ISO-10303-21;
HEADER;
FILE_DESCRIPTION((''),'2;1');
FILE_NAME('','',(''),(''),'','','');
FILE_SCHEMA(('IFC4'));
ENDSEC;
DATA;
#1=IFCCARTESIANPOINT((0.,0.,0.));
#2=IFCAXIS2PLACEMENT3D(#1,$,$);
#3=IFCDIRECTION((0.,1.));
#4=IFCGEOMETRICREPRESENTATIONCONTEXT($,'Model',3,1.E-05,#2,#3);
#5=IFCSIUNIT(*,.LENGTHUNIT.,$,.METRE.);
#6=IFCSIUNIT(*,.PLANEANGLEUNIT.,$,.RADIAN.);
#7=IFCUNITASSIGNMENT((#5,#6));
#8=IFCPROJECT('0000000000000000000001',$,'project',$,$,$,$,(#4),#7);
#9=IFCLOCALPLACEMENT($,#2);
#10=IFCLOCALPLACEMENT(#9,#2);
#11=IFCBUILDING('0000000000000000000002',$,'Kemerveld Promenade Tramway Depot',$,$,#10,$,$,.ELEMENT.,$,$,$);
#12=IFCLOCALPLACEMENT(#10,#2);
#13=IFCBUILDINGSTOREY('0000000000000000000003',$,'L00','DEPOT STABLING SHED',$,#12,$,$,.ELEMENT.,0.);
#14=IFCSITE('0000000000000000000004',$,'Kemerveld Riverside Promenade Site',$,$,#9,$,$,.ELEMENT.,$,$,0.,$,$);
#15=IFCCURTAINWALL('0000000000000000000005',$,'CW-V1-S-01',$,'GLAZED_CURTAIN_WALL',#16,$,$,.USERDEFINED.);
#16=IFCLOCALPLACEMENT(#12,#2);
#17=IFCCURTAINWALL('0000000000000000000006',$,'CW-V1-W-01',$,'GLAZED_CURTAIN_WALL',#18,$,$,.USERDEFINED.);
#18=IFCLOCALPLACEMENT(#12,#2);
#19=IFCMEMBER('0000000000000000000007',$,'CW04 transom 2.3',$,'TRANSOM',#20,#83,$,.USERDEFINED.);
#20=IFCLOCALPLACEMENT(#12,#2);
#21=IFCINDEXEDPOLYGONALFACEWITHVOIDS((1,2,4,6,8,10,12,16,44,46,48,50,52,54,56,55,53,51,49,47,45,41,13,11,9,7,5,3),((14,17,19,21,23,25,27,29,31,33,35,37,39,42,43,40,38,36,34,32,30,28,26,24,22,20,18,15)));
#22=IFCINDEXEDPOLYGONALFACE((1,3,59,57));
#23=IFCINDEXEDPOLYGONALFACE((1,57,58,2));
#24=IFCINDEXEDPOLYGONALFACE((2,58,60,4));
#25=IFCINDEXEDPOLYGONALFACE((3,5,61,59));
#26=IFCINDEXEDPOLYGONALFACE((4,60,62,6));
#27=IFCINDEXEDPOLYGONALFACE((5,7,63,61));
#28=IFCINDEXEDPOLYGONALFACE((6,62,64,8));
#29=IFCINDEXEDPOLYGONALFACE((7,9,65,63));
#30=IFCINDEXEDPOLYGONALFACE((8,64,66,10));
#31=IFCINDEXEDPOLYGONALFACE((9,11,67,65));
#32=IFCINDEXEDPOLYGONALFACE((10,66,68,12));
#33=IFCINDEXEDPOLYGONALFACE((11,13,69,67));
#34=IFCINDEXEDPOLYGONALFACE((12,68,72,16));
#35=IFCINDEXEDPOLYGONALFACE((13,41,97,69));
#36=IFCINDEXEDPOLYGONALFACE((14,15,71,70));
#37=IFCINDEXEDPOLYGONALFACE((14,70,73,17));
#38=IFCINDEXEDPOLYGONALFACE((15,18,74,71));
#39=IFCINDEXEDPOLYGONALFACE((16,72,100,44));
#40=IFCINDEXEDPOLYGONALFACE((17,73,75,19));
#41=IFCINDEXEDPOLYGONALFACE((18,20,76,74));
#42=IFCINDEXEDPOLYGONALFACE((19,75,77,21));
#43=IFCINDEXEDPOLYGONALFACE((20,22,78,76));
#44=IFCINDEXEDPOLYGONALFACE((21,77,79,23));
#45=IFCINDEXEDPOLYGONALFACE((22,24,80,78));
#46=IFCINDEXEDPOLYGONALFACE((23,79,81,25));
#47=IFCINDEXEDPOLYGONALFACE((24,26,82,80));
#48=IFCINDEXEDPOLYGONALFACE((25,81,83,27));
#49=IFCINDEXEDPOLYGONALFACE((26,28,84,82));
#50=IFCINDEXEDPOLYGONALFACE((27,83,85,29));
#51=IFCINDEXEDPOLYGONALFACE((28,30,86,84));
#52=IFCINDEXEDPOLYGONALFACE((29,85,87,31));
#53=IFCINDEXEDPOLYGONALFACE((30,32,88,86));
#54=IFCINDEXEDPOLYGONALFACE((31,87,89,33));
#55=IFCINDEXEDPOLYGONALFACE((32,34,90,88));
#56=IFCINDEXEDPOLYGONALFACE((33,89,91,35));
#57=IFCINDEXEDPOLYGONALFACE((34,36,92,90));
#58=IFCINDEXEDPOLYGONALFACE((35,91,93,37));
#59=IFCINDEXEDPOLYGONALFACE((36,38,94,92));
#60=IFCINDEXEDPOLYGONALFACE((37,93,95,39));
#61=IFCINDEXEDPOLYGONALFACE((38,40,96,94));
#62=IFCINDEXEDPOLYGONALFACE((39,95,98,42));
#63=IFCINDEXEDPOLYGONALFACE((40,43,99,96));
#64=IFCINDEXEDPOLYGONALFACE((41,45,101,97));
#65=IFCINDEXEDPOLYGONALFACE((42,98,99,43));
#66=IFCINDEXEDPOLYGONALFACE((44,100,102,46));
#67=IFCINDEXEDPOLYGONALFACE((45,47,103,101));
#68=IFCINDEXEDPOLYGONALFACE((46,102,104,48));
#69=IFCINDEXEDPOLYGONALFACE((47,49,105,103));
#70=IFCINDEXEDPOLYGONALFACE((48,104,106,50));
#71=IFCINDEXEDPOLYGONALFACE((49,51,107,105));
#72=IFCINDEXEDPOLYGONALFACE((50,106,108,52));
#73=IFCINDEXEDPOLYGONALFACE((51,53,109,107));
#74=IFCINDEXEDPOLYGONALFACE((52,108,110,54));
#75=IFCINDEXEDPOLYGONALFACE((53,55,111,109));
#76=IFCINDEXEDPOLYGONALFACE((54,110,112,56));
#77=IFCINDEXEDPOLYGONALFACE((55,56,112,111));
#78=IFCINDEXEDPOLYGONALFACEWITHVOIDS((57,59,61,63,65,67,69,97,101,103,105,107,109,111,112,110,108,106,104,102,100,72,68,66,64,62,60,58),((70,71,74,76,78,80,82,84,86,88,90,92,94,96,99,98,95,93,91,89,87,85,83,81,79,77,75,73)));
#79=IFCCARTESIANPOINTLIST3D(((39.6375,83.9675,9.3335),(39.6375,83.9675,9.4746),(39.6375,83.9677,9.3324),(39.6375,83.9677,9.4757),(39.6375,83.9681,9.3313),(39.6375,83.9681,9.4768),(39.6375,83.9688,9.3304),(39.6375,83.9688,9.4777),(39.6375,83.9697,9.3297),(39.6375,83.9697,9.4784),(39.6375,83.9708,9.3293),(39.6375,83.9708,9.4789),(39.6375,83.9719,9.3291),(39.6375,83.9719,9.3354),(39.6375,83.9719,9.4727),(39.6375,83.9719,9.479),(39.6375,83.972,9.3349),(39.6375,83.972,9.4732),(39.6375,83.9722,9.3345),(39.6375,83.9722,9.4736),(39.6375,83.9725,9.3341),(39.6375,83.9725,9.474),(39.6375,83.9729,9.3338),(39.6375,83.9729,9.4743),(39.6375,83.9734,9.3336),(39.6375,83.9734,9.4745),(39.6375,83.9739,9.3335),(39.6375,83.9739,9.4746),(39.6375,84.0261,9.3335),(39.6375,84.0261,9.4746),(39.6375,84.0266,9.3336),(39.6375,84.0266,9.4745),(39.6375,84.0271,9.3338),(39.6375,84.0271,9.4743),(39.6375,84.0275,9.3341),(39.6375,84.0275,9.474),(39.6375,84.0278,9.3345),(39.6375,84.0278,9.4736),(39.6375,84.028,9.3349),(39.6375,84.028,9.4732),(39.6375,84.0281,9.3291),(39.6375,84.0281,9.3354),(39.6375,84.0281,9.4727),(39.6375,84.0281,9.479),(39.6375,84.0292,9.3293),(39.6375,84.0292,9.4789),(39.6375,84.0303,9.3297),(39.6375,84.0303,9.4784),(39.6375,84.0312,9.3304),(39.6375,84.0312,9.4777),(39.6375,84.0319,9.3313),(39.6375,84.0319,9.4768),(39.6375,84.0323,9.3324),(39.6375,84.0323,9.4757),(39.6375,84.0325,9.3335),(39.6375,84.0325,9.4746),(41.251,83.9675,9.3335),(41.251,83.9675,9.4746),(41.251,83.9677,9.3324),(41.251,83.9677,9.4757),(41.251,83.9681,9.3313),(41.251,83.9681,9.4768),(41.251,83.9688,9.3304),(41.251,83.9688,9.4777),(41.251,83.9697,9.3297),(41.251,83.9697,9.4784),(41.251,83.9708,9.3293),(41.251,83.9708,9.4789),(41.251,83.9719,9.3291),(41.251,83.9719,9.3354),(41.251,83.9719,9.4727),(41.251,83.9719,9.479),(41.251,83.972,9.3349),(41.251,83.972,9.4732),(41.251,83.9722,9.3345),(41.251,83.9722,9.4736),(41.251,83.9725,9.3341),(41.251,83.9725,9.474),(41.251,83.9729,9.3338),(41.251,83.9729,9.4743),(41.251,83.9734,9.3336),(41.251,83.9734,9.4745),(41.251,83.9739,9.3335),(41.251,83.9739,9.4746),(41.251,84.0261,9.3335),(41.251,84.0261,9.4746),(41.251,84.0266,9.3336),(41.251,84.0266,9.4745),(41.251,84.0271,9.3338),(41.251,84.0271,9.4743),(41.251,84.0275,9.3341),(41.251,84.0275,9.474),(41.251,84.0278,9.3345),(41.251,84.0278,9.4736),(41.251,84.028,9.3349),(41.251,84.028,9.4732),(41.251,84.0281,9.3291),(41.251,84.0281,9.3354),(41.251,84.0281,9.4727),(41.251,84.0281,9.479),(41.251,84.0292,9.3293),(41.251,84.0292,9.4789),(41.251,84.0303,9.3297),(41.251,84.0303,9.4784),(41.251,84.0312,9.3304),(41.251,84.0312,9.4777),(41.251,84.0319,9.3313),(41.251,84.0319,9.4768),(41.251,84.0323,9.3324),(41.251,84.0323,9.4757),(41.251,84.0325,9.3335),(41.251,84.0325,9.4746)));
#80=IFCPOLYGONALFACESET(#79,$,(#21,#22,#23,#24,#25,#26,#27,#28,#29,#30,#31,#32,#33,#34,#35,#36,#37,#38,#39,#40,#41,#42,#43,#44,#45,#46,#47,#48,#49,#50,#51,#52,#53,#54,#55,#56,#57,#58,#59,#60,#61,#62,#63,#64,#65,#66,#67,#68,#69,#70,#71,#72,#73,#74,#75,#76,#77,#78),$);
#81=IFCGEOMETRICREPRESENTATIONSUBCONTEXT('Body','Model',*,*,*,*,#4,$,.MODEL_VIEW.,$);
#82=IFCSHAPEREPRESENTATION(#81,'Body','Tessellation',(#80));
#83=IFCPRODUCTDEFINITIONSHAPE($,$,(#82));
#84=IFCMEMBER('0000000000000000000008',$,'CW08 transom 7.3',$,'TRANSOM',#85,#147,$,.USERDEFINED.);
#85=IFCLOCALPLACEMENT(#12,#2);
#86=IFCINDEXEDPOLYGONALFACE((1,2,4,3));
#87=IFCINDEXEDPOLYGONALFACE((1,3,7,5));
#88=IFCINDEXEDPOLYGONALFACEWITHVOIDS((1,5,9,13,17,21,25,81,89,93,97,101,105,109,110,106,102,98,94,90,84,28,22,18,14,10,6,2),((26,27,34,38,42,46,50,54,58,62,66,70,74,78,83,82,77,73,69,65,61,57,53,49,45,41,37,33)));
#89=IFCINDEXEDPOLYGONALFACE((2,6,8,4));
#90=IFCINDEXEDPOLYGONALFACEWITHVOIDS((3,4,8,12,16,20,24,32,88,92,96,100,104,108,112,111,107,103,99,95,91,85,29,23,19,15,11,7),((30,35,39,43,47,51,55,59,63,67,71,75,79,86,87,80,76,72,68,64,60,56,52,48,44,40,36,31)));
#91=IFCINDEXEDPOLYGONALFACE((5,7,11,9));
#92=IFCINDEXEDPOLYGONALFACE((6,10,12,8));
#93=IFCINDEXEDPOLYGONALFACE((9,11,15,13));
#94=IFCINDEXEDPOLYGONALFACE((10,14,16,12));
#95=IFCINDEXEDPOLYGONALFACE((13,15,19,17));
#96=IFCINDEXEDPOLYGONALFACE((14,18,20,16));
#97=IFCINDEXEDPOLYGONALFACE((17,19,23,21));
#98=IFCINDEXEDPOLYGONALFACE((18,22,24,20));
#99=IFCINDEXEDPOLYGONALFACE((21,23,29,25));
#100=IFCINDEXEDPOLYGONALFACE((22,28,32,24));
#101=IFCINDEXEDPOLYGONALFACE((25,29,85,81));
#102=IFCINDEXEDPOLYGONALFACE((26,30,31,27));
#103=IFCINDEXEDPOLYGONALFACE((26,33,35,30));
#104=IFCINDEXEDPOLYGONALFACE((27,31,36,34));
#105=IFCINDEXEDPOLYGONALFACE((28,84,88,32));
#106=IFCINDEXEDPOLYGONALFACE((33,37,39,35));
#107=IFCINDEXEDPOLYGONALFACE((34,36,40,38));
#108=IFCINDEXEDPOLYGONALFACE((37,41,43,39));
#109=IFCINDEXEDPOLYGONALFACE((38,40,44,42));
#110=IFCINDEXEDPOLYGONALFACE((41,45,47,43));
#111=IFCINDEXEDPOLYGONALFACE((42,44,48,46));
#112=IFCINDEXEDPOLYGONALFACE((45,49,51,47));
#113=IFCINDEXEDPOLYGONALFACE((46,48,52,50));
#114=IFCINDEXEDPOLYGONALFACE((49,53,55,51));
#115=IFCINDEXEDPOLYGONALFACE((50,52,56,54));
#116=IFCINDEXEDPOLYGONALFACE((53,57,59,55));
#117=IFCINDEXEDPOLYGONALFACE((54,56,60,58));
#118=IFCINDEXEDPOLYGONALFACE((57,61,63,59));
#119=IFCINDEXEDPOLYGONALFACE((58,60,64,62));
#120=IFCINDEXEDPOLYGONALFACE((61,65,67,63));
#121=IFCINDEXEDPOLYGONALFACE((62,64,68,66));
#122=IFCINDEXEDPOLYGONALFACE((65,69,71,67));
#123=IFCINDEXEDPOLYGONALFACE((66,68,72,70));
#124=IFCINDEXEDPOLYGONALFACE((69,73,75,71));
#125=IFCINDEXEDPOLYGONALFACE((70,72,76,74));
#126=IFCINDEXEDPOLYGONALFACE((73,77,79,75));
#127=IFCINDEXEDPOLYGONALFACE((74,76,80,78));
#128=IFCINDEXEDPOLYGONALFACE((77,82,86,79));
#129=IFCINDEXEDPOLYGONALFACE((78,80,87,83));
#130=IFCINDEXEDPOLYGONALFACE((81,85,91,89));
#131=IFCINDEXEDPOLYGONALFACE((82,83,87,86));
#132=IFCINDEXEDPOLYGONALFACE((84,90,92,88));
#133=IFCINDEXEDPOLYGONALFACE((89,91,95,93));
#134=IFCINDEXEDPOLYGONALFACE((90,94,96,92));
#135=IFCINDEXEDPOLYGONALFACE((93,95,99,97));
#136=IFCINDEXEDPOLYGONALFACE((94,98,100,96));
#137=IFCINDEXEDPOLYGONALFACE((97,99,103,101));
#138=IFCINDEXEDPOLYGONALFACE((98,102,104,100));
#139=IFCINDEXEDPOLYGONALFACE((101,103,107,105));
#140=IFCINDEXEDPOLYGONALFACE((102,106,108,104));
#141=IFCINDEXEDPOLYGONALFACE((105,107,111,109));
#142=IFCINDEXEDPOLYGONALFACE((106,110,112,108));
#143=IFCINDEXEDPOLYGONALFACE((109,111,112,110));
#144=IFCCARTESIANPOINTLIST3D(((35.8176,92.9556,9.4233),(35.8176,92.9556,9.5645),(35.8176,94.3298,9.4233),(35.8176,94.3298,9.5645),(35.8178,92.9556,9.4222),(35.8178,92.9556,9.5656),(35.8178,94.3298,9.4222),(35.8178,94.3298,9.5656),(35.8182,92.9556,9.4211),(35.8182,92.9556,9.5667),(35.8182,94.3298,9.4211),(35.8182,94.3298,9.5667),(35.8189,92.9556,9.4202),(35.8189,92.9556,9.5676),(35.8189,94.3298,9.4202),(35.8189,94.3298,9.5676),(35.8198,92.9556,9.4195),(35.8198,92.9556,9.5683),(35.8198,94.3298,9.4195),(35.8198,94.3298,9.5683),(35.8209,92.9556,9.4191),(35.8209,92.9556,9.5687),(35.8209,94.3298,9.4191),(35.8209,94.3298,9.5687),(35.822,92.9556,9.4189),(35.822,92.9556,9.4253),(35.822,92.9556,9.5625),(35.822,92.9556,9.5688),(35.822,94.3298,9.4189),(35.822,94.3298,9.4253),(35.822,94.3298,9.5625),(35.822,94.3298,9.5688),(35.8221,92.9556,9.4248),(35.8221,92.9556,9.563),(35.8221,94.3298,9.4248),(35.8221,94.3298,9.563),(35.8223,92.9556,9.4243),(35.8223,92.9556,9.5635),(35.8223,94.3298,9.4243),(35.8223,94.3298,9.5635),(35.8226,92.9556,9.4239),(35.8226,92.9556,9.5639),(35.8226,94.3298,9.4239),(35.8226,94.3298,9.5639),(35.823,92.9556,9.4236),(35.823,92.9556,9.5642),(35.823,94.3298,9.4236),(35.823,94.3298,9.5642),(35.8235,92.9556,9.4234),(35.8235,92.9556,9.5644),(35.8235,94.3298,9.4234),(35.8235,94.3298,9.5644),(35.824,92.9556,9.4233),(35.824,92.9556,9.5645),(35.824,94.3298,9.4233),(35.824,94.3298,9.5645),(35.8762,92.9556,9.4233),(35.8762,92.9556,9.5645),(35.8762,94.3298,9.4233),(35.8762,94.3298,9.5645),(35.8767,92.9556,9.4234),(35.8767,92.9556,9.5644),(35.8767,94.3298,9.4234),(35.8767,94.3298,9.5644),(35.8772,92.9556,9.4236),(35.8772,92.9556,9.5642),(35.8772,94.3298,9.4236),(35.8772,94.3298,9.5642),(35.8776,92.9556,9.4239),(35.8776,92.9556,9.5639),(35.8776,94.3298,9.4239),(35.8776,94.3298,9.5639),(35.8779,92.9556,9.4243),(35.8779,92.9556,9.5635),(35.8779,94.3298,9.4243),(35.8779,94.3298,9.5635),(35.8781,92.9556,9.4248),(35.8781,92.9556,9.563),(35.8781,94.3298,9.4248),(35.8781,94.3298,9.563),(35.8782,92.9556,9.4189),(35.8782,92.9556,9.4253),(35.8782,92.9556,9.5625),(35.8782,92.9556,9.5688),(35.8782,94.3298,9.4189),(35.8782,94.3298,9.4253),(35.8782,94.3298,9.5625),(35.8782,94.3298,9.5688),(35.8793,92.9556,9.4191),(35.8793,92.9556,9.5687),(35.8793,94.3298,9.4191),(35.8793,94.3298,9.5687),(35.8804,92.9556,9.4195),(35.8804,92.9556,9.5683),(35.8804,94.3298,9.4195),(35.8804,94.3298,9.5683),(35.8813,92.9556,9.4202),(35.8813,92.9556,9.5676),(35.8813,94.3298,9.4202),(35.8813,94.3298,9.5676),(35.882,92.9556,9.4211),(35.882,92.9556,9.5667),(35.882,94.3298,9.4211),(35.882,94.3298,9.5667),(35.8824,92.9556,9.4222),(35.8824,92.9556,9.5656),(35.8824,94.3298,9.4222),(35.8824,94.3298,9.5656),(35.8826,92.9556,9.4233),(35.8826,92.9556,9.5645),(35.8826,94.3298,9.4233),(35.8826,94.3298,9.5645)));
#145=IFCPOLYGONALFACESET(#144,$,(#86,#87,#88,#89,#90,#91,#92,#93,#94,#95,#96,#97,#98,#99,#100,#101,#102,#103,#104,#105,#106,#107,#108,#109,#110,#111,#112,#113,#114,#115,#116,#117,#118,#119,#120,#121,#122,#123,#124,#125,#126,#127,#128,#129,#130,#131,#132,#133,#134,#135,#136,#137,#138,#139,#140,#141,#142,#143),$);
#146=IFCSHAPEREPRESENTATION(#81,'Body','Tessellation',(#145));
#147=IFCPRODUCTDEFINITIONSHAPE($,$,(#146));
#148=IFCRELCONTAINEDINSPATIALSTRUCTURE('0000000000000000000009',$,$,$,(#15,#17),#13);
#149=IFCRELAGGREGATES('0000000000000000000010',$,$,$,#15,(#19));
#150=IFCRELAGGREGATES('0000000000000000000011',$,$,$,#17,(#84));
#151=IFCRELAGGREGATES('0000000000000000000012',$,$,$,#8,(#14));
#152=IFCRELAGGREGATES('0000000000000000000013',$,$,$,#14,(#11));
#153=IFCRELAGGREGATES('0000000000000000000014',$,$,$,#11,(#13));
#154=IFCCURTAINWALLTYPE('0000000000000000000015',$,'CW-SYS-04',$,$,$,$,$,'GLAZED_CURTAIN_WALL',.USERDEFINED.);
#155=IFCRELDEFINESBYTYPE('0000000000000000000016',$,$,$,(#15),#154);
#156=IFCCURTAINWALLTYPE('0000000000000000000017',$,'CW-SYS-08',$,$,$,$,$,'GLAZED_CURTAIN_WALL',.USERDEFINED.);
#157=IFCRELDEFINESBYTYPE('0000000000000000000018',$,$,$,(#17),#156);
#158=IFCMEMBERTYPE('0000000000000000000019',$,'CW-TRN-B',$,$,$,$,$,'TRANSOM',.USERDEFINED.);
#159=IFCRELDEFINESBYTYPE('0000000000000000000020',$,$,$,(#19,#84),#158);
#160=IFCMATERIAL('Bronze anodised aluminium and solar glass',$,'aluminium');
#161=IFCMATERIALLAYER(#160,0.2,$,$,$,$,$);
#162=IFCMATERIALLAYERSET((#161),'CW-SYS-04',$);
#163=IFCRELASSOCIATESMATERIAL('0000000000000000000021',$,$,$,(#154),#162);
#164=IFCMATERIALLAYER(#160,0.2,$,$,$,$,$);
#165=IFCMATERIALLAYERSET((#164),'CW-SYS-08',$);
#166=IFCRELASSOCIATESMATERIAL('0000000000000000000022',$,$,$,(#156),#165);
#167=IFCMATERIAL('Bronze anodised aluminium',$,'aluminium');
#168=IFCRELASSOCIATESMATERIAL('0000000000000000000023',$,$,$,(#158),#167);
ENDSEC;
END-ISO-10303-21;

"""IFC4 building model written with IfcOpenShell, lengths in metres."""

from ifc_helpers import new_model, si_unit, direction, frame, origin, origin_2d, place, context, subcontext, project, spatial, hollow_rectangle, extrude, material, layer, layer_set, material_profile, profile_set, type_object, element, aggregate, save


model = new_model("IFC4")

# Units and contexts
model_context = context("Model", 3, precision=1e-05, world=origin(), true_north=direction((0.0, 1.0)))
body_context = subcontext(model_context, "Body", "Model", "MODEL_VIEW")
ifc_project = project(units=[si_unit("LENGTHUNIT", "METRE"), si_unit("PLANEANGLEUNIT", "RADIAN")], contexts=[model_context])

# Site, building, storey
site_placement = place(None, origin())
site = spatial("IfcSite", under=ifc_project, at=site_placement, Name="Kemerveld Riverside Promenade Site", CompositionType="ELEMENT", RefElevation=0.0)
building_placement = place(site_placement, origin())
building = spatial("IfcBuilding", under=site, at=building_placement, Name="Kemerveld Promenade Tramway Depot", CompositionType="ELEMENT")
storey_placement = place(building_placement, origin())
storey = spatial("IfcBuildingStorey", under=building, at=storey_placement, Name="L00", Description="DEPOT STABLING SHED", CompositionType="ELEMENT", Elevation=0.0)

# Curtain walls
ifc_material_1 = material(Name="Bronze anodised aluminium and solar glass", Category="aluminium")
ifc_layer_1 = layer(ifc_material_1, 0.2)
ifc_layer_set_1 = layer_set([ifc_layer_1], Name="CW-SYS-04")
curtain_wall_type_1 = type_object("IfcCurtainWallType", Name="CW-SYS-04", ElementType="GLAZED_CURTAIN_WALL", PredefinedType="USERDEFINED", material=ifc_layer_set_1)
curtain_wall_1_placement = place(storey_placement, origin())
curtain_wall_1 = element("IfcCurtainWall", 1, at=curtain_wall_1_placement, inside=storey, type_object=curtain_wall_type_1, Name="CW-V1-S-01", ObjectType="GLAZED_CURTAIN_WALL", PredefinedType="USERDEFINED")
ifc_material_2 = material(Name="Bronze anodised aluminium", Category="aluminium")
ifc_layer_2 = layer(ifc_material_1, 0.2)
ifc_layer_set_2 = layer_set([ifc_layer_2], Name="CW-SYS-08")
curtain_wall_type_2 = type_object("IfcCurtainWallType", Name="CW-SYS-08", ElementType="GLAZED_CURTAIN_WALL", PredefinedType="USERDEFINED", material=ifc_layer_set_2)
curtain_wall_2_placement = place(storey_placement, origin())
curtain_wall_2 = element("IfcCurtainWall", 2, at=curtain_wall_2_placement, inside=storey, type_object=curtain_wall_type_2, Name="CW-V1-W-01", ObjectType="GLAZED_CURTAIN_WALL", PredefinedType="USERDEFINED")

# Members
ifc_material_profile_1 = material_profile(ifc_material_2, hollow_rectangle(XDim=0.0649, YDim=0.1499, WallThickness=0.0044, InnerFilletRadius=0.002, OuterFilletRadius=0.0044, at=origin_2d()), Name="CW-TRN-150x65")
ifc_profile_set_1 = profile_set([ifc_material_profile_1], Name="Bronze anodised aluminium")
member_type_1 = type_object("IfcMemberType", Name="CW-TRN-B", ElementType="TRANSOM", PredefinedType="USERDEFINED", material=ifc_profile_set_1)
member_1_placement = place(storey_placement, frame((41.251, 84.0, 9.4041), z_axis=(-1.0, 0.0, 0.0), x_axis=(0.0, -1.0, 0.0)))
member_1 = element("IfcMember", 3, at=member_1_placement, type_object=member_type_1, Name="CW04 transom 2.3", ObjectType="TRANSOM", PredefinedType="USERDEFINED", context=body_context, shape_type="SweptSolid", body=[
    extrude(hollow_rectangle(XDim=0.0649, YDim=0.1499, WallThickness=0.0044, InnerFilletRadius=0.002, OuterFilletRadius=0.0044, at=origin_2d()), origin(), (0.0, 0.0, 1.0), 1.6135),
])
member_2_placement = place(storey_placement, frame((35.8501, 92.9556, 9.4939), z_axis=(0.0, 1.0, 0.0), x_axis=(-1.0, 0.0, 0.0)))
member_2 = element("IfcMember", 4, at=member_2_placement, type_object=member_type_1, Name="CW08 transom 7.3", ObjectType="TRANSOM", PredefinedType="USERDEFINED", context=body_context, shape_type="SweptSolid", body=[
    extrude(hollow_rectangle(XDim=0.0649, YDim=0.1499, WallThickness=0.0044, InnerFilletRadius=0.002, OuterFilletRadius=0.0044, at=origin_2d()), origin(), (0.0, 0.0, 1.0), 1.3743),
])

aggregate(curtain_wall_1, [member_1])
aggregate(curtain_wall_2, [member_2])

save(model, "model.ifc")
